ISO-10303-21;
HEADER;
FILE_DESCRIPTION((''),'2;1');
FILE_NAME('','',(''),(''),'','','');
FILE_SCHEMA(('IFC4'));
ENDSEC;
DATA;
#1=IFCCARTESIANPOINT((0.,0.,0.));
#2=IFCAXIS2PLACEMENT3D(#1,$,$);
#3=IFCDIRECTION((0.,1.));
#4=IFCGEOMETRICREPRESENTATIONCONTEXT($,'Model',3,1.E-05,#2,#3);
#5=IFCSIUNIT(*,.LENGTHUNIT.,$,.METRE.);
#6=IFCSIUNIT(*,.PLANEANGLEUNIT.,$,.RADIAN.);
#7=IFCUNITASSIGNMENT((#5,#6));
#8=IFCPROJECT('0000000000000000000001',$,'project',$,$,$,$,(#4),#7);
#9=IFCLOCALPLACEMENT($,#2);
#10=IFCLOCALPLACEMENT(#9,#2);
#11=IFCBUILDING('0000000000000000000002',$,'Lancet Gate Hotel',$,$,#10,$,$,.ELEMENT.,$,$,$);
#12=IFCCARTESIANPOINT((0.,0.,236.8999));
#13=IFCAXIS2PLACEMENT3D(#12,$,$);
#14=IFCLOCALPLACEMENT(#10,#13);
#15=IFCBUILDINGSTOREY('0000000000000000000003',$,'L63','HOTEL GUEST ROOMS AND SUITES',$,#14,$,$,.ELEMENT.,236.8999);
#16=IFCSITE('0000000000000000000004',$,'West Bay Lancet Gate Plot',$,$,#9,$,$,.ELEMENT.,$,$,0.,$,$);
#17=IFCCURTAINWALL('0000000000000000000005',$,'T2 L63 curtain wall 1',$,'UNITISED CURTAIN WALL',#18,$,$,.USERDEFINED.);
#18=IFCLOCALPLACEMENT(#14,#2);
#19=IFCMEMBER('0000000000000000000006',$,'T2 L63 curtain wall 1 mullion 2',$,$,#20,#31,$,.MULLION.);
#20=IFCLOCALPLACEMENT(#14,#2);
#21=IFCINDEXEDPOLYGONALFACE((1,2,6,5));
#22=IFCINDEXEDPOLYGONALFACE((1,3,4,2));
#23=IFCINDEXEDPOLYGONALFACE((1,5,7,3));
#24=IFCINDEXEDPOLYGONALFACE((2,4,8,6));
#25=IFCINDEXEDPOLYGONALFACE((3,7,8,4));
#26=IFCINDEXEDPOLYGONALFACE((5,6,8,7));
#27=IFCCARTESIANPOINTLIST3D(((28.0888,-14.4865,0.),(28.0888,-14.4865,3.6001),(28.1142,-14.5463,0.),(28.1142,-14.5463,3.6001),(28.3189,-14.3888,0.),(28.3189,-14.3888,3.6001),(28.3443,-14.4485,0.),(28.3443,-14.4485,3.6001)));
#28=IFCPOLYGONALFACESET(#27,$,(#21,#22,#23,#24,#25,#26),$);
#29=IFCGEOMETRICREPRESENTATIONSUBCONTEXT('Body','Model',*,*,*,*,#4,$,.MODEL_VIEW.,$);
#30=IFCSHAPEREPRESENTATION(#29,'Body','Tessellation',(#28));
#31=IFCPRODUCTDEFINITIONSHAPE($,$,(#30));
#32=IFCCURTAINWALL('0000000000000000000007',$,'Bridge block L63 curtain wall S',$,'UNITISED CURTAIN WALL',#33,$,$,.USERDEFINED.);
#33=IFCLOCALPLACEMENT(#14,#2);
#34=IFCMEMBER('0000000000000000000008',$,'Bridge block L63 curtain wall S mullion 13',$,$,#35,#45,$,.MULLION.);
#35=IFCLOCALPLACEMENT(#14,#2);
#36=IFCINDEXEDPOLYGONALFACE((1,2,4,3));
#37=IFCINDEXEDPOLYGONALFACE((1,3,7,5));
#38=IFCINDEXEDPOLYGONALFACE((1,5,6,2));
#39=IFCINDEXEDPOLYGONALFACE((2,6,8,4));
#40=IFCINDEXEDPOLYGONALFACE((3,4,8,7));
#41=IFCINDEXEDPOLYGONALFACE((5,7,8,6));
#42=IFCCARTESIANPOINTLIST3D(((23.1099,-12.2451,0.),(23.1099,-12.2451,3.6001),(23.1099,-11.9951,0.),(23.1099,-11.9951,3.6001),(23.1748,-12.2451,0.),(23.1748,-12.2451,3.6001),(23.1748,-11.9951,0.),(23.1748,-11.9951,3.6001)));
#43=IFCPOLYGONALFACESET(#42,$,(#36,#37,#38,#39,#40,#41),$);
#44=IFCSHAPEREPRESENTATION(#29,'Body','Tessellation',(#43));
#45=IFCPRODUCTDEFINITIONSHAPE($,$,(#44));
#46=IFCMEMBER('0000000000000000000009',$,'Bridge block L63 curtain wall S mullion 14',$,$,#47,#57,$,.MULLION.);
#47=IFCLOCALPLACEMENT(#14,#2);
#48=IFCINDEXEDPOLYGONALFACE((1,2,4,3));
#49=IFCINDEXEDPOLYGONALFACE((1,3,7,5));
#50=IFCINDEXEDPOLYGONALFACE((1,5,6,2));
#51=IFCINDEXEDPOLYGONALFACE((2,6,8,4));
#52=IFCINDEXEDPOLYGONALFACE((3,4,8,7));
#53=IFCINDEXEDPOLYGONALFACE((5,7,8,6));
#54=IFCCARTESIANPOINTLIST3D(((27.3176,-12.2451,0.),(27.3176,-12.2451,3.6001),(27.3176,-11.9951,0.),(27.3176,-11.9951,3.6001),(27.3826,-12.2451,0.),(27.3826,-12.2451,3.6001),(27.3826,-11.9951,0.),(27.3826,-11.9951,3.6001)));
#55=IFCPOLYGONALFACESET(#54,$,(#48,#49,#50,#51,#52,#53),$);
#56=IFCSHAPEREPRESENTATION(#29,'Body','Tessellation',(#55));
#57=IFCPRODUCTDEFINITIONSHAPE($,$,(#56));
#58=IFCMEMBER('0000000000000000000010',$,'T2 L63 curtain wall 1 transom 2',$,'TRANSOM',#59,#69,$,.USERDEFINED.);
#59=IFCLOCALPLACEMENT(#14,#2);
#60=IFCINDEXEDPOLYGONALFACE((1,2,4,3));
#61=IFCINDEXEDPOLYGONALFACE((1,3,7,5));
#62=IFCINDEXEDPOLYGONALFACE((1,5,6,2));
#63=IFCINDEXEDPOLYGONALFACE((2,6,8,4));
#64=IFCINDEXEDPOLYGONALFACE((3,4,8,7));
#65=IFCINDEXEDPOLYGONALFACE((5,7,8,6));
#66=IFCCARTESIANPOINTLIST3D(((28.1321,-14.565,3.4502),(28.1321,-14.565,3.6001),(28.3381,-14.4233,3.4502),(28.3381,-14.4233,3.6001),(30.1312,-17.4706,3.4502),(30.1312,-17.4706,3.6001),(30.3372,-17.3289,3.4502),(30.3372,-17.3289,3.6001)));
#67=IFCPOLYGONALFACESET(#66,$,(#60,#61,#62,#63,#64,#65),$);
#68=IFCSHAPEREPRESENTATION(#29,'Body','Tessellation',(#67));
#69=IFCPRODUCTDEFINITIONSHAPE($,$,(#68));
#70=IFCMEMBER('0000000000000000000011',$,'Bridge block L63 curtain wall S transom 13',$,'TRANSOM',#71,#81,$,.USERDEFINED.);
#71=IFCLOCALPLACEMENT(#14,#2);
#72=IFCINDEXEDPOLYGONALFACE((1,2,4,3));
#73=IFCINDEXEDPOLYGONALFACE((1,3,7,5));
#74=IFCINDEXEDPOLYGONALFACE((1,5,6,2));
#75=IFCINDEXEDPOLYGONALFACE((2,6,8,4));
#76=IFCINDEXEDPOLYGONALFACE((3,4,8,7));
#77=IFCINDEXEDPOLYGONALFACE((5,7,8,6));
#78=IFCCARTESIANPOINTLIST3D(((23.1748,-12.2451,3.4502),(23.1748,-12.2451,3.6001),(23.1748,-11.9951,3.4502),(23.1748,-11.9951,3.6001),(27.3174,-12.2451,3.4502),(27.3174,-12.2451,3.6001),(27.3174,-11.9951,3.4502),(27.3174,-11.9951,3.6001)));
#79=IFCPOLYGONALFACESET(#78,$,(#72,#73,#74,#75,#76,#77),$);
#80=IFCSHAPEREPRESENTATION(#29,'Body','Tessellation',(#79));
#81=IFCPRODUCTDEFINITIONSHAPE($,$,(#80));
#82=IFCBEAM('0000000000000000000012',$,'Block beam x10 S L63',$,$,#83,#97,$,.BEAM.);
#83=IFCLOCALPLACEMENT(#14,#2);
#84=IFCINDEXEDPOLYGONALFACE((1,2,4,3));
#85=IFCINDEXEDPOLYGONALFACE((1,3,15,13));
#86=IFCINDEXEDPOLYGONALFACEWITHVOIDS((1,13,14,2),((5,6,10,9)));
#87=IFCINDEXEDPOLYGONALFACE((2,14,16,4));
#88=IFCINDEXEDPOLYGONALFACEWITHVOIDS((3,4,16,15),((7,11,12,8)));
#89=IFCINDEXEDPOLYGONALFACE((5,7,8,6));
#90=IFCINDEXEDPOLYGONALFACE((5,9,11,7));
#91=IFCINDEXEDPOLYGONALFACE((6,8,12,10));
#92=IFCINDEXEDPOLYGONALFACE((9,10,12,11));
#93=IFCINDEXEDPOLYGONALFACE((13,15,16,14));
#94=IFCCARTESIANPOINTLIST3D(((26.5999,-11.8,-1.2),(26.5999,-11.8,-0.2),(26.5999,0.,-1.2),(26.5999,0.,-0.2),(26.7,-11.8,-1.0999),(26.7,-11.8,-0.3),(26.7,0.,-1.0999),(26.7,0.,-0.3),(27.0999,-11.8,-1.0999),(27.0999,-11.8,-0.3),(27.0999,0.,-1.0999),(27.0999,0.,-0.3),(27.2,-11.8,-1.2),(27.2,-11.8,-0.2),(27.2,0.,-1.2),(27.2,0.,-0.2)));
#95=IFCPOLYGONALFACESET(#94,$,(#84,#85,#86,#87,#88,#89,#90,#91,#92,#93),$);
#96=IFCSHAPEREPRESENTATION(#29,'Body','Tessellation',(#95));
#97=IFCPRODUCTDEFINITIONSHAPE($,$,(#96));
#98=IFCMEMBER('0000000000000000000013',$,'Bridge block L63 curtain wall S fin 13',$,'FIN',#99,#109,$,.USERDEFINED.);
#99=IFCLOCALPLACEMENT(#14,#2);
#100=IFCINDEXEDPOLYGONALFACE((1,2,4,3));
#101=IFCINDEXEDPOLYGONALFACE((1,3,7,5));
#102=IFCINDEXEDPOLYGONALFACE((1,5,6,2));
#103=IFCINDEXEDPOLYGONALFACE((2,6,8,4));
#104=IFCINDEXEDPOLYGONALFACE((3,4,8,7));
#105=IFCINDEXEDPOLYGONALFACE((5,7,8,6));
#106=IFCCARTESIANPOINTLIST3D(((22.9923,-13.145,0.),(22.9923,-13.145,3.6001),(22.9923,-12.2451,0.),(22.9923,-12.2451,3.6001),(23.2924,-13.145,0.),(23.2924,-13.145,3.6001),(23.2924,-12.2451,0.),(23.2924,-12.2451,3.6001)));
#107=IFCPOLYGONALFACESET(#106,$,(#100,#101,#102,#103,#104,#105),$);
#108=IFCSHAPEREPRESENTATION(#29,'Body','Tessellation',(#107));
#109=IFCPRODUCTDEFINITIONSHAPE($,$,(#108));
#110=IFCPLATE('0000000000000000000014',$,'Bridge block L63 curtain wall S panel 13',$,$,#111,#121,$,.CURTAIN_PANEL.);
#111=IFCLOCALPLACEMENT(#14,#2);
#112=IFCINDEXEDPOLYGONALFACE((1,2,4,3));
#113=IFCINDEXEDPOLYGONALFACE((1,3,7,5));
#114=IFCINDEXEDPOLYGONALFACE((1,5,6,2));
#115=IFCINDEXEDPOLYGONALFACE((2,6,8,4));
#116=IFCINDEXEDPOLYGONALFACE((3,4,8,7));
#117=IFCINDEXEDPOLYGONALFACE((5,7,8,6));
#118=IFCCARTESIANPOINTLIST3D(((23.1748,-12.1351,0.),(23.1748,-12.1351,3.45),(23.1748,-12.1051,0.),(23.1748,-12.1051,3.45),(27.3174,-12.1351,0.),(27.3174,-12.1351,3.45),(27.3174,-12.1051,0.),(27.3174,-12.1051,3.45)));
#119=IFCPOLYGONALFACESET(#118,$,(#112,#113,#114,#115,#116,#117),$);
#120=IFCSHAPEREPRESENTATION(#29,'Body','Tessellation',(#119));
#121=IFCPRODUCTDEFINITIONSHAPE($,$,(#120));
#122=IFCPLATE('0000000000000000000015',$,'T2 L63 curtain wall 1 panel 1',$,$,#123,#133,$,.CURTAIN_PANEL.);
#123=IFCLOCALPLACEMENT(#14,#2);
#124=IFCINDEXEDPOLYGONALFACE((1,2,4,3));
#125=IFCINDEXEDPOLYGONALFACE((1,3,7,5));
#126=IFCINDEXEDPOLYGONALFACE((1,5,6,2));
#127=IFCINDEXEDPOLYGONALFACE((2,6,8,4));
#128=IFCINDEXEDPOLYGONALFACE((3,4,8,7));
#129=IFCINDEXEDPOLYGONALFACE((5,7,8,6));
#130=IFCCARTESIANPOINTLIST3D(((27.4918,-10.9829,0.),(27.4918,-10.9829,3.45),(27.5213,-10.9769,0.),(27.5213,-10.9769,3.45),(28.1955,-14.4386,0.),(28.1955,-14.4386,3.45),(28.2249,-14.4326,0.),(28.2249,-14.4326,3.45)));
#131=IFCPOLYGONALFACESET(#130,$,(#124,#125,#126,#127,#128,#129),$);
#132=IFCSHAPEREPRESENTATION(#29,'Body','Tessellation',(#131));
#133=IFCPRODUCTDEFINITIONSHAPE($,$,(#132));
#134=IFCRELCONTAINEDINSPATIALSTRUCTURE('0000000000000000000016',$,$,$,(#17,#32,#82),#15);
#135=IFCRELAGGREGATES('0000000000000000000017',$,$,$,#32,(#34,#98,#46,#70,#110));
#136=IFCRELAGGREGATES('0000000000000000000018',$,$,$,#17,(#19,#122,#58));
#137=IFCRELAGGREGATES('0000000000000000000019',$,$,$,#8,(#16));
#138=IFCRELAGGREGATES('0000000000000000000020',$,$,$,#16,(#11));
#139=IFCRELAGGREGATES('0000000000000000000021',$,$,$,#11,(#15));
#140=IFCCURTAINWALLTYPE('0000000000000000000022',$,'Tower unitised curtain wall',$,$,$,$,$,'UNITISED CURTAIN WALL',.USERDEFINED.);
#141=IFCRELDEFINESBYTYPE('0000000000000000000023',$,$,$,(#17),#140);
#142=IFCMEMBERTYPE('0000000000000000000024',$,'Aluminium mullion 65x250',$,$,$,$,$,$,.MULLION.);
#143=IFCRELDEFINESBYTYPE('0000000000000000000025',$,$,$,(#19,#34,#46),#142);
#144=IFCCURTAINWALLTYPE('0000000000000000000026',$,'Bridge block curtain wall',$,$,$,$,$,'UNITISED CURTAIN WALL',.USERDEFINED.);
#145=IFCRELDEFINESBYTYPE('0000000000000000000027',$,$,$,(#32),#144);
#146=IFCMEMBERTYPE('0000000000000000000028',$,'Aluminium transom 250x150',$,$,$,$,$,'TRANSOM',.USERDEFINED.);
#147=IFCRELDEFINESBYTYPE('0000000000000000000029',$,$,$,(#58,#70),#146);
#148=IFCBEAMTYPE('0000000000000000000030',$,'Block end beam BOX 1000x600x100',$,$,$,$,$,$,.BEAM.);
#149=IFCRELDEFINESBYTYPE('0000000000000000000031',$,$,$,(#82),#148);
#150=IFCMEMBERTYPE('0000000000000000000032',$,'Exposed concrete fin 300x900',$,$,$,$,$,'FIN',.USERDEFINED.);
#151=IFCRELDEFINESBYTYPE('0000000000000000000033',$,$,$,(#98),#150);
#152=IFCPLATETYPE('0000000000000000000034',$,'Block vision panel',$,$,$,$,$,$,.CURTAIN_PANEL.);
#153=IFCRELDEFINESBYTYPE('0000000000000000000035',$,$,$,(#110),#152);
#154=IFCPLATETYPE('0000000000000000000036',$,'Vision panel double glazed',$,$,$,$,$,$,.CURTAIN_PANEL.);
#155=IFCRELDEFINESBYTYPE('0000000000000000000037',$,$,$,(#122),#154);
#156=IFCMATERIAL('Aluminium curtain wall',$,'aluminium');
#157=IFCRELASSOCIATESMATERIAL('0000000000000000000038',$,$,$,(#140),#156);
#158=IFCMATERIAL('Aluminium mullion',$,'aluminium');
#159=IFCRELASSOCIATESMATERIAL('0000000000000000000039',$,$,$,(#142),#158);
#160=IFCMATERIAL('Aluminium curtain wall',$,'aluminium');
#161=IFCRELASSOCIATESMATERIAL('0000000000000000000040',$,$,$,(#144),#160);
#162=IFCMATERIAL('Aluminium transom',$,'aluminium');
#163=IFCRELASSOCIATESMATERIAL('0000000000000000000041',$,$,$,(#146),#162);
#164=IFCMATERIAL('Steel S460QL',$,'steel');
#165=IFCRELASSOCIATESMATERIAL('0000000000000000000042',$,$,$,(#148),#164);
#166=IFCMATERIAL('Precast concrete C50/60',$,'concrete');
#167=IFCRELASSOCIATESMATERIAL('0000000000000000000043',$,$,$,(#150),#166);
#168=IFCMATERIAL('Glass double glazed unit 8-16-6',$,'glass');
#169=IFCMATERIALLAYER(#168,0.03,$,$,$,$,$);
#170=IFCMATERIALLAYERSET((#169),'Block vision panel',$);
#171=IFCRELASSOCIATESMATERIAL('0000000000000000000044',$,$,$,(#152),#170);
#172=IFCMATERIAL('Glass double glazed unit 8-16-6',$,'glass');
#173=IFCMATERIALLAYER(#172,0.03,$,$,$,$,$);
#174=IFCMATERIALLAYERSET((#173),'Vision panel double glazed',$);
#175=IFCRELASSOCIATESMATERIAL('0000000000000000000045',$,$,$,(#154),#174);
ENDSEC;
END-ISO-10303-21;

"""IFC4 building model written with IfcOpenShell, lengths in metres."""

from ifc_helpers import new_model, si_unit, direction, frame, origin, origin_2d, place, context, subcontext, project, spatial, rectangle, hollow_rectangle, extrude, material, layer, layer_set, material_profile, profile_set, type_object, element, aggregate, save


model = new_model("IFC4")

# Units and contexts
model_context = context("Model", 3, precision=1e-05, world=origin(), true_north=direction((0.0, 1.0)))
body_context = subcontext(model_context, "Body", "Model", "MODEL_VIEW")
ifc_project = project(units=[si_unit("LENGTHUNIT", "METRE"), si_unit("PLANEANGLEUNIT", "RADIAN")], contexts=[model_context])

# Site, building, storey
site_placement = place(None, origin())
site = spatial("IfcSite", under=ifc_project, at=site_placement, Name="West Bay Lancet Gate Plot", CompositionType="ELEMENT", RefElevation=0.0)
building_placement = place(site_placement, origin())
building = spatial("IfcBuilding", under=site, at=building_placement, Name="Lancet Gate Hotel", CompositionType="ELEMENT")
storey_placement = place(building_placement, frame((0.0, 0.0, 236.8999)))
storey = spatial("IfcBuildingStorey", under=building, at=storey_placement, Name="L63", Description="HOTEL GUEST ROOMS AND SUITES", CompositionType="ELEMENT", Elevation=236.8999)

# Curtain wall, member
ifc_material_1 = material(Name="Aluminium curtain wall", Category="aluminium")
curtain_wall_type_1 = type_object("IfcCurtainWallType", Name="Tower unitised curtain wall", ElementType="UNITISED CURTAIN WALL", PredefinedType="USERDEFINED", material=ifc_material_1)
curtain_wall_1_placement = place(storey_placement, origin())
curtain_wall_1 = element("IfcCurtainWall", 1, at=curtain_wall_1_placement, inside=storey, type_object=curtain_wall_type_1, Name="T2 L63 curtain wall 1", ObjectType="UNITISED CURTAIN WALL", PredefinedType="USERDEFINED")
ifc_material_2 = material(Name="Aluminium mullion", Category="aluminium")
ifc_material_profile_1 = material_profile(ifc_material_2, rectangle(XDim=0.0649, YDim=0.25, at=origin_2d()), Name="MULLION 65x250")
ifc_profile_set_1 = profile_set([ifc_material_profile_1], Name="Aluminium mullion")
member_type_1 = type_object("IfcMemberType", Name="Aluminium mullion 65x250", PredefinedType="MULLION", material=ifc_profile_set_1)
member_1_placement = place(storey_placement, frame((28.2166, -14.4675, 0.0), z_axis=(0.0, 0.0, 1.0), x_axis=(0.391042, -0.920373, 0.0)))
member_1 = element("IfcMember", 2, at=member_1_placement, type_object=member_type_1, Name="T2 L63 curtain wall 1 mullion 2", PredefinedType="MULLION", context=body_context, shape_type="SweptSolid", body=[
    extrude(rectangle(XDim=0.0649, YDim=0.25, at=origin_2d()), origin(), (0.0, 0.0, 1.0), 3.6001),
])

# Curtain wall, members
ifc_material_3 = material(Name="Aluminium curtain wall", Category="aluminium")
curtain_wall_type_2 = type_object("IfcCurtainWallType", Name="Bridge block curtain wall", ElementType="UNITISED CURTAIN WALL", PredefinedType="USERDEFINED", material=ifc_material_3)
curtain_wall_2_placement = place(storey_placement, origin())
curtain_wall_2 = element("IfcCurtainWall", 3, at=curtain_wall_2_placement, inside=storey, type_object=curtain_wall_type_2, Name="Bridge block L63 curtain wall S", ObjectType="UNITISED CURTAIN WALL", PredefinedType="USERDEFINED")
member_2_placement = place(storey_placement, frame((23.1423, -12.1201, 0.0), z_axis=(0.0, 0.0, 1.0), x_axis=(1.0, 0.0, 0.0)))
member_2 = element("IfcMember", 4, at=member_2_placement, type_object=member_type_1, Name="Bridge block L63 curtain wall S mullion 13", PredefinedType="MULLION", context=body_context, shape_type="SweptSolid", body=[
    extrude(rectangle(XDim=0.0649, YDim=0.25, at=origin_2d()), origin(), (0.0, 0.0, 1.0), 3.6001),
])
member_3_placement = place(storey_placement, frame((27.3501, -12.1201, 0.0), z_axis=(0.0, 0.0, 1.0), x_axis=(1.0, 0.0, 0.0)))
member_3 = element("IfcMember", 5, at=member_3_placement, type_object=member_type_1, Name="Bridge block L63 curtain wall S mullion 14", PredefinedType="MULLION", context=body_context, shape_type="SweptSolid", body=[
    extrude(rectangle(XDim=0.0649, YDim=0.25, at=origin_2d()), origin(), (0.0, 0.0, 1.0), 3.6001),
])

# Members
ifc_material_4 = material(Name="Aluminium transom", Category="aluminium")
ifc_material_profile_2 = material_profile(ifc_material_4, rectangle(XDim=0.25, YDim=0.1499, at=origin_2d()), Name="TRANSOM 250x150")
ifc_profile_set_2 = profile_set([ifc_material_profile_2], Name="Aluminium transom")
member_type_2 = type_object("IfcMemberType", Name="Aluminium transom 250x150", ElementType="TRANSOM", PredefinedType="USERDEFINED", material=ifc_profile_set_2)
member_4_placement = place(storey_placement, frame((28.2351, -14.4941, 3.5251), z_axis=(0.566814, -0.823846, 0.0), x_axis=(0.823846, 0.566814, 0.0)))
member_4 = element("IfcMember", 6, at=member_4_placement, type_object=member_type_2, Name="T2 L63 curtain wall 1 transom 2", ObjectType="TRANSOM", PredefinedType="USERDEFINED", context=body_context, shape_type="SweptSolid", body=[
    extrude(rectangle(XDim=0.25, YDim=0.1499, at=origin_2d()), origin(), (0.0, 0.0, 1.0), 3.5269),
])
member_5_placement = place(storey_placement, frame((23.1748, -12.1201, 3.5251), z_axis=(1.0, 0.0, 0.0), x_axis=(0.0, 1.0, 0.0)))
member_5 = element("IfcMember", 7, at=member_5_placement, type_object=member_type_2, Name="Bridge block L63 curtain wall S transom 13", ObjectType="TRANSOM", PredefinedType="USERDEFINED", context=body_context, shape_type="SweptSolid", body=[
    extrude(rectangle(XDim=0.25, YDim=0.1499, at=origin_2d()), origin(), (0.0, 0.0, 1.0), 4.1426),
])

# Beam
ifc_material_5 = material(Name="Steel S460QL", Category="steel")
ifc_material_profile_3 = material_profile(ifc_material_5, hollow_rectangle(XDim=0.6001, YDim=1.0, WallThickness=0.1001, at=origin_2d()), Name="BOX 1000x600x100")
ifc_profile_set_3 = profile_set([ifc_material_profile_3], Name="Steel S460QL")
beam_type = type_object("IfcBeamType", Name="Block end beam BOX 1000x600x100", PredefinedType="BEAM", material=ifc_profile_set_3)
beam_placement = place(storey_placement, frame((26.8999, -11.8, -0.7), z_axis=(0.0, 1.0, 0.0), x_axis=(-1.0, 0.0, 0.0)))
element("IfcBeam", 8, at=beam_placement, inside=storey, type_object=beam_type, Name="Block beam x10 S L63", PredefinedType="BEAM", context=body_context, shape_type="SweptSolid", body=[
    extrude(hollow_rectangle(XDim=0.6001, YDim=1.0, WallThickness=0.1001, at=origin_2d()), origin(), (0.0, 0.0, 1.0), 11.8),
])

# Member
ifc_material_6 = material(Name="Precast concrete C50/60", Category="concrete")
ifc_material_profile_4 = material_profile(ifc_material_6, rectangle(XDim=0.3, YDim=0.8999, at=origin_2d()), Name="FIN 300x900")
ifc_profile_set_4 = profile_set([ifc_material_profile_4], Name="Precast concrete C50/60")
member_type_3 = type_object("IfcMemberType", Name="Exposed concrete fin 300x900", ElementType="FIN", PredefinedType="USERDEFINED", material=ifc_profile_set_4)
member_6_placement = place(storey_placement, frame((23.1423, -12.6951, 0.0), z_axis=(0.0, 0.0, 1.0), x_axis=(1.0, 0.0, 0.0)))
member_6 = element("IfcMember", 9, at=member_6_placement, type_object=member_type_3, Name="Bridge block L63 curtain wall S fin 13", ObjectType="FIN", PredefinedType="USERDEFINED", context=body_context, shape_type="SweptSolid", body=[
    extrude(rectangle(XDim=0.3, YDim=0.8999, at=origin_2d()), origin(), (0.0, 0.0, 1.0), 3.6001),
])

# Plates
ifc_material_7 = material(Name="Glass double glazed unit 8-16-6", Category="glass")
ifc_layer_1 = layer(ifc_material_7, 0.03)
ifc_layer_set_1 = layer_set([ifc_layer_1], Name="Block vision panel")
plate_type_1 = type_object("IfcPlateType", Name="Block vision panel", PredefinedType="CURTAIN_PANEL", material=ifc_layer_set_1)
plate_1_placement = place(storey_placement, frame((25.2461, -12.1201, 0.0), z_axis=(0.0, 0.0, 1.0), x_axis=(1.0, 0.0, 0.0)))
plate_1 = element("IfcPlate", 10, at=plate_1_placement, type_object=plate_type_1, Name="Bridge block L63 curtain wall S panel 13", PredefinedType="CURTAIN_PANEL", context=body_context, shape_type="SweptSolid", body=[
    extrude(rectangle(XDim=4.1426, YDim=0.03, at=origin_2d()), origin(), (0.0, 0.0, 1.0), 3.45),
])
aggregate(curtain_wall_2, [member_2, member_6, member_3, member_5, plate_1])
ifc_material_8 = material(Name="Glass double glazed unit 8-16-6", Category="glass")
ifc_layer_2 = layer(ifc_material_8, 0.03)
ifc_layer_set_2 = layer_set([ifc_layer_2], Name="Vision panel double glazed")
plate_type_2 = type_object("IfcPlateType", Name="Vision panel double glazed", PredefinedType="CURTAIN_PANEL", material=ifc_layer_set_2)
plate_2_placement = place(storey_placement, frame((27.8584, -12.7078, 0.0), z_axis=(0.0, 0.0, 1.0), x_axis=(0.199533, -0.979891, 0.0)))
plate_2 = element("IfcPlate", 11, at=plate_2_placement, type_object=plate_type_2, Name="T2 L63 curtain wall 1 panel 1", PredefinedType="CURTAIN_PANEL", context=body_context, shape_type="SweptSolid", body=[
    extrude(rectangle(XDim=3.5266, YDim=0.03, at=origin_2d()), origin(), (0.0, 0.0, 1.0), 3.45),
])
aggregate(curtain_wall_1, [member_1, plate_2, member_4])

save(model, "model.ifc")
